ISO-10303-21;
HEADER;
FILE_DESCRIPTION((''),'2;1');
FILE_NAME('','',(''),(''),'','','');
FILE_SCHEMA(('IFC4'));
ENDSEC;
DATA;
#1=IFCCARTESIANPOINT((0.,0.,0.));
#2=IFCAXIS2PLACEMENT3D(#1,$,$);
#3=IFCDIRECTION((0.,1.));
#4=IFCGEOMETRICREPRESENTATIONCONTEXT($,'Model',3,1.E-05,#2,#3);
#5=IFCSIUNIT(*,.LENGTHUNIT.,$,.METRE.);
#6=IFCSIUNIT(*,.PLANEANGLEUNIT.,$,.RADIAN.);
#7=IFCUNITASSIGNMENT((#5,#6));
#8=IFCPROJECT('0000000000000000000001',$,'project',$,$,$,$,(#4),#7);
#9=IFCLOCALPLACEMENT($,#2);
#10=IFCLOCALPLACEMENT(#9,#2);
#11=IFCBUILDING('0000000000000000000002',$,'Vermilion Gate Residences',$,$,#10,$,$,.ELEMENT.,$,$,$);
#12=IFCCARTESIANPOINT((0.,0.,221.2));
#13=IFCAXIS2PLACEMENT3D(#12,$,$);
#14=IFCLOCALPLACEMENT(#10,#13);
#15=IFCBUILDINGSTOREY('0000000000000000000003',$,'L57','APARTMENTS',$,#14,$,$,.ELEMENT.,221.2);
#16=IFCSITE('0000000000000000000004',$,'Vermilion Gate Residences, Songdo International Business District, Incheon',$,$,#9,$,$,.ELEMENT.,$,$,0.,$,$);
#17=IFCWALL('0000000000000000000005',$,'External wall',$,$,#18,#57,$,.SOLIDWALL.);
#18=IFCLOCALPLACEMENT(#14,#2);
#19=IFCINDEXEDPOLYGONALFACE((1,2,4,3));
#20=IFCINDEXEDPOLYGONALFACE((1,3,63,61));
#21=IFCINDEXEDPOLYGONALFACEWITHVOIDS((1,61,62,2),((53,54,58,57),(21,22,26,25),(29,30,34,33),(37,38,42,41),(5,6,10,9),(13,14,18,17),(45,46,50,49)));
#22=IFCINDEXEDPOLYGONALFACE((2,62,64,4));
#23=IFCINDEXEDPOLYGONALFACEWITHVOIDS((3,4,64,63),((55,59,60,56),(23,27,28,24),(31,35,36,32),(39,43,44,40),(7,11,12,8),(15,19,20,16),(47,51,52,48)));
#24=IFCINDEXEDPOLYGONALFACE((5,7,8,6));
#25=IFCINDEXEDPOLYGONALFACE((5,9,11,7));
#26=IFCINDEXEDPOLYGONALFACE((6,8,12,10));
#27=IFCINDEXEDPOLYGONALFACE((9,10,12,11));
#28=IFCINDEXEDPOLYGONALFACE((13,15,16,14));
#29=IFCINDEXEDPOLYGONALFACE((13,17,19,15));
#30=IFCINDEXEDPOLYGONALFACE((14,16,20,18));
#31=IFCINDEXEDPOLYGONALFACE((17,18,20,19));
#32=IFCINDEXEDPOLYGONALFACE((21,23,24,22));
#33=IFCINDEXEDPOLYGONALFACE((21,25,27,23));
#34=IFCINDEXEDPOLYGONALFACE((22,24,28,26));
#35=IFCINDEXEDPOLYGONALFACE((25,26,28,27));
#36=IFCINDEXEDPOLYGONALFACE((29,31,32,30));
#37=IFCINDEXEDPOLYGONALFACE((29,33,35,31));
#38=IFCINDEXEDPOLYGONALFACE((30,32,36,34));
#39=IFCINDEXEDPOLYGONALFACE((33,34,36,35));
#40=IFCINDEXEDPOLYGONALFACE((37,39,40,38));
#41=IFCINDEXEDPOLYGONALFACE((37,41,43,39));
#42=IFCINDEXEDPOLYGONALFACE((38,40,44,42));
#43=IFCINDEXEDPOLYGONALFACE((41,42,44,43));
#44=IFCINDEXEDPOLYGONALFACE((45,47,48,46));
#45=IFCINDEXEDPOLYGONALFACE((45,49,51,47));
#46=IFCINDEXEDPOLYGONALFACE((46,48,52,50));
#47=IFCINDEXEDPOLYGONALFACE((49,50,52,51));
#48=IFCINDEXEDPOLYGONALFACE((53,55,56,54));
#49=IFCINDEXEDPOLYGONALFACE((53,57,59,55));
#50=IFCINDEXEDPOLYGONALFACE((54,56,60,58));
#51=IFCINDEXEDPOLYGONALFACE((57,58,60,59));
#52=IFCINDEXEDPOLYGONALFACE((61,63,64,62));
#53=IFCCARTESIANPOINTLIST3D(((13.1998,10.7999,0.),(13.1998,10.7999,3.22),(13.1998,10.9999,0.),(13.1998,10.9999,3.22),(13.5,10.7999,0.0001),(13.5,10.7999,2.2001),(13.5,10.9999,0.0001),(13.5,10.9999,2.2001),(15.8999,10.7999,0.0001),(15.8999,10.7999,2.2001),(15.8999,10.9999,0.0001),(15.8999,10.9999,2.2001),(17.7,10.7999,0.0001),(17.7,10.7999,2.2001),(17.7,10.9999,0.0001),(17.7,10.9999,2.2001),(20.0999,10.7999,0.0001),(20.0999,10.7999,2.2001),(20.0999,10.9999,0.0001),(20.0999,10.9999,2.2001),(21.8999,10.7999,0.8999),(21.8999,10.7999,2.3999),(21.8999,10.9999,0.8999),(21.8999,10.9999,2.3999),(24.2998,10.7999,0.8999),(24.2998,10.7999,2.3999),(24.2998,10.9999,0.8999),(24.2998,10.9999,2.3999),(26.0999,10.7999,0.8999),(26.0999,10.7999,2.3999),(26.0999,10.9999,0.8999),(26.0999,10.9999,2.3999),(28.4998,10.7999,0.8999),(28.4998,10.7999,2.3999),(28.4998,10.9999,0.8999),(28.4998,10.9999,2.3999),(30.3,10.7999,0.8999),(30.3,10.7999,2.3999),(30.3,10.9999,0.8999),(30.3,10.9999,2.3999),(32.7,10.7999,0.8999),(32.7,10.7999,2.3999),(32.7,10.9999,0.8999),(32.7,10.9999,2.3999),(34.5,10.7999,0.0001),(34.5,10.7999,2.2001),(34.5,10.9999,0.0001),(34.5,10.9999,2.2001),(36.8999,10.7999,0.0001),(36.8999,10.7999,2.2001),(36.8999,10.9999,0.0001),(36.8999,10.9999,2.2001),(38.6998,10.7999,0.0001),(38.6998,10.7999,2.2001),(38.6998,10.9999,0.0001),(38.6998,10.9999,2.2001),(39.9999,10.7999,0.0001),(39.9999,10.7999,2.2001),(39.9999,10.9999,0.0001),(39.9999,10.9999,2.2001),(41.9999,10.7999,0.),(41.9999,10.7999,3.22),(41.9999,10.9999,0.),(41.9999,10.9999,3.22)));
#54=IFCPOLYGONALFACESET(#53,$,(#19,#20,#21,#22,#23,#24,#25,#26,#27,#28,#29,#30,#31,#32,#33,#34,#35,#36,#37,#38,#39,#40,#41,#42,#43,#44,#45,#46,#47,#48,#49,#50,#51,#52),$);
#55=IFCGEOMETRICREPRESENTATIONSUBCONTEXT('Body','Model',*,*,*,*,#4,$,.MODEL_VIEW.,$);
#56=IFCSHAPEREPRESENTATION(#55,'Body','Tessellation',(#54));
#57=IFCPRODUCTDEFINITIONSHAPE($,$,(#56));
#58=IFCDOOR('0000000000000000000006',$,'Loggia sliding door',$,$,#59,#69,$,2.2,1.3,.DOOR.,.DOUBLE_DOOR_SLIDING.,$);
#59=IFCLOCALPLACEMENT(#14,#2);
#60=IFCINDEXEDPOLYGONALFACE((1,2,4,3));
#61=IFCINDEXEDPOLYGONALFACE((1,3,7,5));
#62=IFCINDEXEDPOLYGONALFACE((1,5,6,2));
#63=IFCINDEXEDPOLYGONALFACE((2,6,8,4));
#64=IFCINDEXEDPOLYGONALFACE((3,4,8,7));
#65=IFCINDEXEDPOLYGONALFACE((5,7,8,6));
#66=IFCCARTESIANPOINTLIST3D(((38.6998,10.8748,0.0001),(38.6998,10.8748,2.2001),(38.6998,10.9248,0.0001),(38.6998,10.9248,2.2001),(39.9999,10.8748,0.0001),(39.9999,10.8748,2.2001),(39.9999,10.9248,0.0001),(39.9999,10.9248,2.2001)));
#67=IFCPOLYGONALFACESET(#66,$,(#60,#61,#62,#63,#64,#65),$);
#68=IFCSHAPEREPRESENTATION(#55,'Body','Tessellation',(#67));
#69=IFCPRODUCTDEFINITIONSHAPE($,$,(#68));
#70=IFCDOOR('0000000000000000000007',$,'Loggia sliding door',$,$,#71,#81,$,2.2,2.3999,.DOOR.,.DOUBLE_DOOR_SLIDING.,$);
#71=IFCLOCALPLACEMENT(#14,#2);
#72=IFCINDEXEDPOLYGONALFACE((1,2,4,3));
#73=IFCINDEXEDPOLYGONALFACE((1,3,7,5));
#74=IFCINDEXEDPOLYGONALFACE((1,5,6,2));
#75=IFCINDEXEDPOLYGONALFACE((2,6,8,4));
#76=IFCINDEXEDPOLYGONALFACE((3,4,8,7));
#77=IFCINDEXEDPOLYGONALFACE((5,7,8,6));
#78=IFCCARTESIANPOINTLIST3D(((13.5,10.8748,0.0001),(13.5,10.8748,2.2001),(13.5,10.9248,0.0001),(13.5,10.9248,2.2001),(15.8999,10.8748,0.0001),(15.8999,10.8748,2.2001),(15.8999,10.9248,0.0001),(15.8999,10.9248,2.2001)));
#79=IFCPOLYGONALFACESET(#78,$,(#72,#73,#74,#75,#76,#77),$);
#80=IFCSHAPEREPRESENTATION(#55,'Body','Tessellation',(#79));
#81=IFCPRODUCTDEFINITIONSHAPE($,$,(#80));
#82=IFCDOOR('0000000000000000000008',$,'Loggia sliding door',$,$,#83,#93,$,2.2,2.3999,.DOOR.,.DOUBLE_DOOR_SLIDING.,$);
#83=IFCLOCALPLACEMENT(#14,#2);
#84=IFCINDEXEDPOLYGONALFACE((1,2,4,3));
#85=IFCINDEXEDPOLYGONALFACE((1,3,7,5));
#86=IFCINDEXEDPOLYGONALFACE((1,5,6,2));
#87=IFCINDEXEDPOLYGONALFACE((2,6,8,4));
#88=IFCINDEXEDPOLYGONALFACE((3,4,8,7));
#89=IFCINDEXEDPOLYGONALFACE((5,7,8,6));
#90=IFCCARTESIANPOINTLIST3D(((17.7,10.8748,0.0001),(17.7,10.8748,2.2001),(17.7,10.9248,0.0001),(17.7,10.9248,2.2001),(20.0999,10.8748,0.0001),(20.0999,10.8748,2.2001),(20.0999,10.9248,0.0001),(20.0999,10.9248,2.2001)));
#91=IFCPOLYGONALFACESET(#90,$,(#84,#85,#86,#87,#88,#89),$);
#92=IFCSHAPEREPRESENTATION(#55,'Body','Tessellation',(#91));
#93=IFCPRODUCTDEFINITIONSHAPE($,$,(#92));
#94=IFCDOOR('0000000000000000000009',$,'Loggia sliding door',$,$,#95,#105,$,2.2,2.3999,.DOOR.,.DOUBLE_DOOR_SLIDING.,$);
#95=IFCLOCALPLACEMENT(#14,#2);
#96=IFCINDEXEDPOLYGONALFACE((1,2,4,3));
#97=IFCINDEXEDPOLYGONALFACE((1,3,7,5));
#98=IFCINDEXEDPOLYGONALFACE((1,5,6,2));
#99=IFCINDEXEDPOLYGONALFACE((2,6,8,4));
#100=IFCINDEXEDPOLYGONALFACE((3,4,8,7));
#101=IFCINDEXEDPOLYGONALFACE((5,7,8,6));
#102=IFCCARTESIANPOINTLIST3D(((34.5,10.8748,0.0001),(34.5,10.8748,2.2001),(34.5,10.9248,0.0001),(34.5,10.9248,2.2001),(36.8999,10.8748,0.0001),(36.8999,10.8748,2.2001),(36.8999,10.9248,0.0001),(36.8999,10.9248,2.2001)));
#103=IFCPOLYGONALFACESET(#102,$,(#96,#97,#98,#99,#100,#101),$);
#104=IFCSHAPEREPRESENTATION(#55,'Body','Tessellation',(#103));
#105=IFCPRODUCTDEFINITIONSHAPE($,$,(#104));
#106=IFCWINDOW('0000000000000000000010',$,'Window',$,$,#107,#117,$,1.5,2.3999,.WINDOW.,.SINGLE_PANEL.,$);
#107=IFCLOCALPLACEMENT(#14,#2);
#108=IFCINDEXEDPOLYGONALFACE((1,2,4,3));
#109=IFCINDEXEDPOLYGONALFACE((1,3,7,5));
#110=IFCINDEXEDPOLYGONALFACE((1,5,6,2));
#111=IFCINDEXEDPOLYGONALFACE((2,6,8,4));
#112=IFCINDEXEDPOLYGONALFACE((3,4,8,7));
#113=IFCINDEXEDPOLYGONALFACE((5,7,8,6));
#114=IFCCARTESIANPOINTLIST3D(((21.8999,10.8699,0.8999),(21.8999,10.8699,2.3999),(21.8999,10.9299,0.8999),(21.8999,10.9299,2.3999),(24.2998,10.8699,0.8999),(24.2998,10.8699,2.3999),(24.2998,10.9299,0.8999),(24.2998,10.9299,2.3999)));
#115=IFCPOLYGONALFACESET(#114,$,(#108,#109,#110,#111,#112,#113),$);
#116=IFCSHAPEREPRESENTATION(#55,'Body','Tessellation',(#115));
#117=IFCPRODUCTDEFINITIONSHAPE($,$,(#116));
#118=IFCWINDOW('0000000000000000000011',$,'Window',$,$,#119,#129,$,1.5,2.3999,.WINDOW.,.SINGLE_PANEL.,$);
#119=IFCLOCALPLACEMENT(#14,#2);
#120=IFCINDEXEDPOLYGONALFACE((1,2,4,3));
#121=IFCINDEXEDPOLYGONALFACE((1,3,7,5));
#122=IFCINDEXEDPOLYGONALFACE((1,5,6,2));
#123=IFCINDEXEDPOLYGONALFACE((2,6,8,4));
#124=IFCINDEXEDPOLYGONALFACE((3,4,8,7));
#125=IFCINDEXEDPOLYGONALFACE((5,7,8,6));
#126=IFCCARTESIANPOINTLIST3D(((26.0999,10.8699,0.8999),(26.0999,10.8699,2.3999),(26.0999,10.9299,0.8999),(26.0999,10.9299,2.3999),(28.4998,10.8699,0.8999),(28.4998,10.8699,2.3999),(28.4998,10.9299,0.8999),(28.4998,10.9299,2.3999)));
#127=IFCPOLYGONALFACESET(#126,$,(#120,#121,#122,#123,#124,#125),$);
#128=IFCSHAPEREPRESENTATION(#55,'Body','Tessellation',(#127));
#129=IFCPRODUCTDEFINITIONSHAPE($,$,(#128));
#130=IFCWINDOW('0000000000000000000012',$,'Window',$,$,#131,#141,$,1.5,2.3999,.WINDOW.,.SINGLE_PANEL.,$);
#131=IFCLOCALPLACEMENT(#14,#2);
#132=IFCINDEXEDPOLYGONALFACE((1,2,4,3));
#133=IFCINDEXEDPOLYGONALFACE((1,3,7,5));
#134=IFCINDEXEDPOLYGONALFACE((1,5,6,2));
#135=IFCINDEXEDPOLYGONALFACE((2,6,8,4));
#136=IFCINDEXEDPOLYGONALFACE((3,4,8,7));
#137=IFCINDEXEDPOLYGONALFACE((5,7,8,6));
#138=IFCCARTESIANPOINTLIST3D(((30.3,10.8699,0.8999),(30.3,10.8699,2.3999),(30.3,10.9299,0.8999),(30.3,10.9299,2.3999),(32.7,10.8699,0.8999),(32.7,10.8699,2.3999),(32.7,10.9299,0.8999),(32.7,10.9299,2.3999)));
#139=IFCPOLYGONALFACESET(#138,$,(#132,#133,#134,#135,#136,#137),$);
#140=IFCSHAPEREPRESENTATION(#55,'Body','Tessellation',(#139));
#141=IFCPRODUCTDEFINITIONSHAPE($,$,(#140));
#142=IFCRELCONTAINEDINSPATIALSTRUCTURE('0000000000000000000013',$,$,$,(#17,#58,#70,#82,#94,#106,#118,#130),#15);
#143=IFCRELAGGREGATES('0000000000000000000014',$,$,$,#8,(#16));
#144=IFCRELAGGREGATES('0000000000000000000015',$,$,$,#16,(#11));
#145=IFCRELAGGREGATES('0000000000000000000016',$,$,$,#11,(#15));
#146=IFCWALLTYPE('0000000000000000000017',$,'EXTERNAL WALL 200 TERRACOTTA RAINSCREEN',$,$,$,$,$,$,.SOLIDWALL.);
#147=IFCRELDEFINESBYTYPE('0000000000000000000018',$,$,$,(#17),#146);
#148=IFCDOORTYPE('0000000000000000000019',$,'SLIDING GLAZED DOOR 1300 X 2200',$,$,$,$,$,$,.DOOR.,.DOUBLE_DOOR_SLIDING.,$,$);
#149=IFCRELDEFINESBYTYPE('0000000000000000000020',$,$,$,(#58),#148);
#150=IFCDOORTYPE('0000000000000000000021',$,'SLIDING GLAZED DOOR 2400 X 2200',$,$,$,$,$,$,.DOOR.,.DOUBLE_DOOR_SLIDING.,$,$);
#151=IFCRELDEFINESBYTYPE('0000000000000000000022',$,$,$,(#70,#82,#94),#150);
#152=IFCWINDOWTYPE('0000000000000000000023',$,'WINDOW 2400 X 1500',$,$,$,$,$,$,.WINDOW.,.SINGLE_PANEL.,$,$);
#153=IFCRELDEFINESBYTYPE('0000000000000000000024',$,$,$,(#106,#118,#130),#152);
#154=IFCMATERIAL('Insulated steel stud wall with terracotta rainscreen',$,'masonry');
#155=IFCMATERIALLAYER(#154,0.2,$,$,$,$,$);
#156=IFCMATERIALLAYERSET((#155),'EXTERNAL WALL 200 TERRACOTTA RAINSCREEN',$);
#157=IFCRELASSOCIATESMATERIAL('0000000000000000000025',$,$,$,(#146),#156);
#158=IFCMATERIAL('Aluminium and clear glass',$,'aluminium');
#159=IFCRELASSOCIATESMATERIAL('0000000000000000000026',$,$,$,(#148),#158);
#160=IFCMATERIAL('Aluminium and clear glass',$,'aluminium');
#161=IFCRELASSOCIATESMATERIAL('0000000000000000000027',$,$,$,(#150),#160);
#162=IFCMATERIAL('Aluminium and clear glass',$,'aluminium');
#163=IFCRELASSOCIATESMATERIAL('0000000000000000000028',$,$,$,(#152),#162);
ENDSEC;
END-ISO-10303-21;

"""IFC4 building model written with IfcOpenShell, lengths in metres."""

from ifc_helpers import new_model, si_unit, direction, frame, frame_2d, origin, place, context, subcontext, project, spatial, rectangle, extrude, material, layer, layer_set, type_object, element, fill, save


model = new_model("IFC4")

# Units and contexts
model_context = context("Model", 3, precision=1e-05, world=origin(), true_north=direction((0.0, 1.0)))
body_context = subcontext(model_context, "Body", "Model", "MODEL_VIEW")
ifc_project = project(units=[si_unit("LENGTHUNIT", "METRE"), si_unit("PLANEANGLEUNIT", "RADIAN")], contexts=[model_context])

# Site, building, storey
site_placement = place(None, origin())
site = spatial("IfcSite", under=ifc_project, at=site_placement, Name="Vermilion Gate Residences, Songdo International Business District, Incheon", CompositionType="ELEMENT", RefElevation=0.0)
building_placement = place(site_placement, origin())
building = spatial("IfcBuilding", under=site, at=building_placement, Name="Vermilion Gate Residences", CompositionType="ELEMENT")
storey_placement = place(building_placement, frame((0.0, 0.0, 221.2)))
storey = spatial("IfcBuildingStorey", under=building, at=storey_placement, Name="L57", Description="APARTMENTS", CompositionType="ELEMENT", Elevation=221.2)

# Shared definitions
ifc_material_1 = material(Name="Insulated steel stud wall with terracotta rainscreen", Category="masonry")
ifc_layer_1 = layer(ifc_material_1, 0.2)
ifc_layer_set_1 = layer_set([ifc_layer_1], Name="EXTERNAL WALL 200 TERRACOTTA RAINSCREEN")
wall_type_1 = type_object("IfcWallType", Name="EXTERNAL WALL 200 TERRACOTTA RAINSCREEN", PredefinedType="SOLIDWALL", material=ifc_layer_set_1)

# Wall, openings, doors, windows
wall_1_placement = place(storey_placement, frame((13.2, 10.8999, 0.0), z_axis=(0.0, 0.0, 1.0), x_axis=(1.0, 0.0, 0.0)))
wall_1 = element("IfcWall", 1, at=wall_1_placement, inside=storey, type_object=wall_type_1, Name="External wall", PredefinedType="SOLIDWALL", context=body_context, shape_type="SweptSolid", body=[
    extrude(rectangle(XDim=28.8, YDim=0.2, at=frame_2d((14.3999, 0.0))), origin(), (0.0, 0.0, 1.0), 3.22),
])
opening_1_placement = place(wall_1_placement, frame((0.3, 0.0, 0.0)))
opening_1 = element("IfcOpeningElement", 2, at=opening_1_placement, cuts=wall_1, PredefinedType="OPENING", context=body_context, shape_type="SweptSolid", body=[
    extrude(rectangle(XDim=2.3999, YDim=2.2, at=frame_2d((1.2, 1.1001))), frame((0.0, 0.1099, 0.0), z_axis=(0.0, -1.0, 0.0), x_axis=(1.0, 0.0, 0.0)), (0.0, 0.0, 1.0), 0.22),
])
opening_2_placement = place(wall_1_placement, frame((4.5, 0.0, 0.0)))
opening_2 = element("IfcOpeningElement", 3, at=opening_2_placement, cuts=wall_1, PredefinedType="OPENING", context=body_context, shape_type="SweptSolid", body=[
    extrude(rectangle(XDim=2.3999, YDim=2.2, at=frame_2d((1.2, 1.1001))), frame((0.0, 0.1099, 0.0), z_axis=(0.0, -1.0, 0.0), x_axis=(1.0, 0.0, 0.0)), (0.0, 0.0, 1.0), 0.22),
])
opening_3_placement = place(wall_1_placement, frame((8.7, 0.0, 0.8999)))
opening_3 = element("IfcOpeningElement", 4, at=opening_3_placement, cuts=wall_1, PredefinedType="OPENING", context=body_context, shape_type="SweptSolid", body=[
    extrude(rectangle(XDim=2.3999, YDim=1.5, at=frame_2d((1.2, 0.75))), frame((0.0, 0.1099, 0.0), z_axis=(0.0, -1.0, 0.0), x_axis=(1.0, 0.0, 0.0)), (0.0, 0.0, 1.0), 0.22),
])
opening_4_placement = place(wall_1_placement, frame((12.8999, 0.0, 0.8999)))
opening_4 = element("IfcOpeningElement", 5, at=opening_4_placement, cuts=wall_1, PredefinedType="OPENING", context=body_context, shape_type="SweptSolid", body=[
    extrude(rectangle(XDim=2.3999, YDim=1.5, at=frame_2d((1.2, 0.75))), frame((0.0, 0.1099, 0.0), z_axis=(0.0, -1.0, 0.0), x_axis=(1.0, 0.0, 0.0)), (0.0, 0.0, 1.0), 0.22),
])
opening_5_placement = place(wall_1_placement, frame((17.1001, 0.0, 0.8999)))
opening_5 = element("IfcOpeningElement", 6, at=opening_5_placement, cuts=wall_1, PredefinedType="OPENING", context=body_context, shape_type="SweptSolid", body=[
    extrude(rectangle(XDim=2.3999, YDim=1.5, at=frame_2d((1.2, 0.75))), frame((0.0, 0.1099, 0.0), z_axis=(0.0, -1.0, 0.0), x_axis=(1.0, 0.0, 0.0)), (0.0, 0.0, 1.0), 0.22),
])
opening_6_placement = place(wall_1_placement, frame((21.3, 0.0, 0.0)))
opening_6 = element("IfcOpeningElement", 7, at=opening_6_placement, cuts=wall_1, PredefinedType="OPENING", context=body_context, shape_type="SweptSolid", body=[
    extrude(rectangle(XDim=2.3999, YDim=2.2, at=frame_2d((1.2, 1.1001))), frame((0.0, 0.1099, 0.0), z_axis=(0.0, -1.0, 0.0), x_axis=(1.0, 0.0, 0.0)), (0.0, 0.0, 1.0), 0.22),
])
opening_7_placement = place(wall_1_placement, frame((25.5, 0.0, 0.0)))
opening_7 = element("IfcOpeningElement", 8, at=opening_7_placement, cuts=wall_1, PredefinedType="OPENING", context=body_context, shape_type="SweptSolid", body=[
    extrude(rectangle(XDim=1.3, YDim=2.2, at=frame_2d((0.6499, 1.1001))), frame((0.0, 0.1099, 0.0), z_axis=(0.0, -1.0, 0.0), x_axis=(1.0, 0.0, 0.0)), (0.0, 0.0, 1.0), 0.22),
])
ifc_material_2 = material(Name="Aluminium and clear glass", Category="aluminium")
door_type_1 = type_object("IfcDoorType", Name="SLIDING GLAZED DOOR 1300 X 2200", OperationType="DOUBLE_DOOR_SLIDING", PredefinedType="DOOR", material=ifc_material_2)
door_1_placement = place(opening_7_placement, origin())
door_1 = element("IfcDoor", 9, at=door_1_placement, inside=storey, type_object=door_type_1, Name="Loggia sliding door", OperationType="DOUBLE_DOOR_SLIDING", OverallHeight=2.2, OverallWidth=1.3, PredefinedType="DOOR", context=body_context, shape_type="SweptSolid", body=[
    extrude(rectangle(XDim=1.3, YDim=2.2, at=frame_2d((0.6499, 1.1001))), frame((0.0, 0.0249, 0.0), z_axis=(0.0, -1.0, 0.0), x_axis=(1.0, 0.0, 0.0)), (0.0, 0.0, 1.0), 0.05),
])
fill(opening_7, door_1)
ifc_material_3 = material(Name="Aluminium and clear glass", Category="aluminium")
door_type_2 = type_object("IfcDoorType", Name="SLIDING GLAZED DOOR 2400 X 2200", OperationType="DOUBLE_DOOR_SLIDING", PredefinedType="DOOR", material=ifc_material_3)
door_2_placement = place(opening_1_placement, origin())
door_2 = element("IfcDoor", 10, at=door_2_placement, inside=storey, type_object=door_type_2, Name="Loggia sliding door", OperationType="DOUBLE_DOOR_SLIDING", OverallHeight=2.2, OverallWidth=2.3999, PredefinedType="DOOR", context=body_context, shape_type="SweptSolid", body=[
    extrude(rectangle(XDim=2.3999, YDim=2.2, at=frame_2d((1.2, 1.1001))), frame((0.0, 0.0249, 0.0), z_axis=(0.0, -1.0, 0.0), x_axis=(1.0, 0.0, 0.0)), (0.0, 0.0, 1.0), 0.05),
])
fill(opening_1, door_2)
door_3_placement = place(opening_2_placement, origin())
door_3 = element("IfcDoor", 11, at=door_3_placement, inside=storey, type_object=door_type_2, Name="Loggia sliding door", OperationType="DOUBLE_DOOR_SLIDING", OverallHeight=2.2, OverallWidth=2.3999, PredefinedType="DOOR", context=body_context, shape_type="SweptSolid", body=[
    extrude(rectangle(XDim=2.3999, YDim=2.2, at=frame_2d((1.2, 1.1001))), frame((0.0, 0.0249, 0.0), z_axis=(0.0, -1.0, 0.0), x_axis=(1.0, 0.0, 0.0)), (0.0, 0.0, 1.0), 0.05),
])
fill(opening_2, door_3)
door_4_placement = place(opening_6_placement, origin())
door_4 = element("IfcDoor", 12, at=door_4_placement, inside=storey, type_object=door_type_2, Name="Loggia sliding door", OperationType="DOUBLE_DOOR_SLIDING", OverallHeight=2.2, OverallWidth=2.3999, PredefinedType="DOOR", context=body_context, shape_type="SweptSolid", body=[
    extrude(rectangle(XDim=2.3999, YDim=2.2, at=frame_2d((1.2, 1.1001))), frame((0.0, 0.0249, 0.0), z_axis=(0.0, -1.0, 0.0), x_axis=(1.0, 0.0, 0.0)), (0.0, 0.0, 1.0), 0.05),
])
fill(opening_6, door_4)
ifc_material_4 = material(Name="Aluminium and clear glass", Category="aluminium")
window_type = type_object("IfcWindowType", Name="WINDOW 2400 X 1500", PartitioningType="SINGLE_PANEL", PredefinedType="WINDOW", material=ifc_material_4)
window_1_placement = place(opening_3_placement, origin())
window_1 = element("IfcWindow", 13, at=window_1_placement, inside=storey, type_object=window_type, Name="Window", OverallHeight=1.5, OverallWidth=2.3999, PartitioningType="SINGLE_PANEL", PredefinedType="WINDOW", context=body_context, shape_type="SweptSolid", body=[
    extrude(rectangle(XDim=2.3999, YDim=1.5, at=frame_2d((1.2, 0.75))), frame((0.0, 0.03, 0.0), z_axis=(0.0, -1.0, 0.0), x_axis=(1.0, 0.0, 0.0)), (0.0, 0.0, 1.0), 0.0601),
])
fill(opening_3, window_1)
window_2_placement = place(opening_4_placement, origin())
window_2 = element("IfcWindow", 14, at=window_2_placement, inside=storey, type_object=window_type, Name="Window", OverallHeight=1.5, OverallWidth=2.3999, PartitioningType="SINGLE_PANEL", PredefinedType="WINDOW", context=body_context, shape_type="SweptSolid", body=[
    extrude(rectangle(XDim=2.3999, YDim=1.5, at=frame_2d((1.2, 0.75))), frame((0.0, 0.03, 0.0), z_axis=(0.0, -1.0, 0.0), x_axis=(1.0, 0.0, 0.0)), (0.0, 0.0, 1.0), 0.0601),
])
fill(opening_4, window_2)
window_3_placement = place(opening_5_placement, origin())
window_3 = element("IfcWindow", 15, at=window_3_placement, inside=storey, type_object=window_type, Name="Window", OverallHeight=1.5, OverallWidth=2.3999, PartitioningType="SINGLE_PANEL", PredefinedType="WINDOW", context=body_context, shape_type="SweptSolid", body=[
    extrude(rectangle(XDim=2.3999, YDim=1.5, at=frame_2d((1.2, 0.75))), frame((0.0, 0.03, 0.0), z_axis=(0.0, -1.0, 0.0), x_axis=(1.0, 0.0, 0.0)), (0.0, 0.0, 1.0), 0.0601),
])
fill(opening_5, window_3)

save(model, "model.ifc")
